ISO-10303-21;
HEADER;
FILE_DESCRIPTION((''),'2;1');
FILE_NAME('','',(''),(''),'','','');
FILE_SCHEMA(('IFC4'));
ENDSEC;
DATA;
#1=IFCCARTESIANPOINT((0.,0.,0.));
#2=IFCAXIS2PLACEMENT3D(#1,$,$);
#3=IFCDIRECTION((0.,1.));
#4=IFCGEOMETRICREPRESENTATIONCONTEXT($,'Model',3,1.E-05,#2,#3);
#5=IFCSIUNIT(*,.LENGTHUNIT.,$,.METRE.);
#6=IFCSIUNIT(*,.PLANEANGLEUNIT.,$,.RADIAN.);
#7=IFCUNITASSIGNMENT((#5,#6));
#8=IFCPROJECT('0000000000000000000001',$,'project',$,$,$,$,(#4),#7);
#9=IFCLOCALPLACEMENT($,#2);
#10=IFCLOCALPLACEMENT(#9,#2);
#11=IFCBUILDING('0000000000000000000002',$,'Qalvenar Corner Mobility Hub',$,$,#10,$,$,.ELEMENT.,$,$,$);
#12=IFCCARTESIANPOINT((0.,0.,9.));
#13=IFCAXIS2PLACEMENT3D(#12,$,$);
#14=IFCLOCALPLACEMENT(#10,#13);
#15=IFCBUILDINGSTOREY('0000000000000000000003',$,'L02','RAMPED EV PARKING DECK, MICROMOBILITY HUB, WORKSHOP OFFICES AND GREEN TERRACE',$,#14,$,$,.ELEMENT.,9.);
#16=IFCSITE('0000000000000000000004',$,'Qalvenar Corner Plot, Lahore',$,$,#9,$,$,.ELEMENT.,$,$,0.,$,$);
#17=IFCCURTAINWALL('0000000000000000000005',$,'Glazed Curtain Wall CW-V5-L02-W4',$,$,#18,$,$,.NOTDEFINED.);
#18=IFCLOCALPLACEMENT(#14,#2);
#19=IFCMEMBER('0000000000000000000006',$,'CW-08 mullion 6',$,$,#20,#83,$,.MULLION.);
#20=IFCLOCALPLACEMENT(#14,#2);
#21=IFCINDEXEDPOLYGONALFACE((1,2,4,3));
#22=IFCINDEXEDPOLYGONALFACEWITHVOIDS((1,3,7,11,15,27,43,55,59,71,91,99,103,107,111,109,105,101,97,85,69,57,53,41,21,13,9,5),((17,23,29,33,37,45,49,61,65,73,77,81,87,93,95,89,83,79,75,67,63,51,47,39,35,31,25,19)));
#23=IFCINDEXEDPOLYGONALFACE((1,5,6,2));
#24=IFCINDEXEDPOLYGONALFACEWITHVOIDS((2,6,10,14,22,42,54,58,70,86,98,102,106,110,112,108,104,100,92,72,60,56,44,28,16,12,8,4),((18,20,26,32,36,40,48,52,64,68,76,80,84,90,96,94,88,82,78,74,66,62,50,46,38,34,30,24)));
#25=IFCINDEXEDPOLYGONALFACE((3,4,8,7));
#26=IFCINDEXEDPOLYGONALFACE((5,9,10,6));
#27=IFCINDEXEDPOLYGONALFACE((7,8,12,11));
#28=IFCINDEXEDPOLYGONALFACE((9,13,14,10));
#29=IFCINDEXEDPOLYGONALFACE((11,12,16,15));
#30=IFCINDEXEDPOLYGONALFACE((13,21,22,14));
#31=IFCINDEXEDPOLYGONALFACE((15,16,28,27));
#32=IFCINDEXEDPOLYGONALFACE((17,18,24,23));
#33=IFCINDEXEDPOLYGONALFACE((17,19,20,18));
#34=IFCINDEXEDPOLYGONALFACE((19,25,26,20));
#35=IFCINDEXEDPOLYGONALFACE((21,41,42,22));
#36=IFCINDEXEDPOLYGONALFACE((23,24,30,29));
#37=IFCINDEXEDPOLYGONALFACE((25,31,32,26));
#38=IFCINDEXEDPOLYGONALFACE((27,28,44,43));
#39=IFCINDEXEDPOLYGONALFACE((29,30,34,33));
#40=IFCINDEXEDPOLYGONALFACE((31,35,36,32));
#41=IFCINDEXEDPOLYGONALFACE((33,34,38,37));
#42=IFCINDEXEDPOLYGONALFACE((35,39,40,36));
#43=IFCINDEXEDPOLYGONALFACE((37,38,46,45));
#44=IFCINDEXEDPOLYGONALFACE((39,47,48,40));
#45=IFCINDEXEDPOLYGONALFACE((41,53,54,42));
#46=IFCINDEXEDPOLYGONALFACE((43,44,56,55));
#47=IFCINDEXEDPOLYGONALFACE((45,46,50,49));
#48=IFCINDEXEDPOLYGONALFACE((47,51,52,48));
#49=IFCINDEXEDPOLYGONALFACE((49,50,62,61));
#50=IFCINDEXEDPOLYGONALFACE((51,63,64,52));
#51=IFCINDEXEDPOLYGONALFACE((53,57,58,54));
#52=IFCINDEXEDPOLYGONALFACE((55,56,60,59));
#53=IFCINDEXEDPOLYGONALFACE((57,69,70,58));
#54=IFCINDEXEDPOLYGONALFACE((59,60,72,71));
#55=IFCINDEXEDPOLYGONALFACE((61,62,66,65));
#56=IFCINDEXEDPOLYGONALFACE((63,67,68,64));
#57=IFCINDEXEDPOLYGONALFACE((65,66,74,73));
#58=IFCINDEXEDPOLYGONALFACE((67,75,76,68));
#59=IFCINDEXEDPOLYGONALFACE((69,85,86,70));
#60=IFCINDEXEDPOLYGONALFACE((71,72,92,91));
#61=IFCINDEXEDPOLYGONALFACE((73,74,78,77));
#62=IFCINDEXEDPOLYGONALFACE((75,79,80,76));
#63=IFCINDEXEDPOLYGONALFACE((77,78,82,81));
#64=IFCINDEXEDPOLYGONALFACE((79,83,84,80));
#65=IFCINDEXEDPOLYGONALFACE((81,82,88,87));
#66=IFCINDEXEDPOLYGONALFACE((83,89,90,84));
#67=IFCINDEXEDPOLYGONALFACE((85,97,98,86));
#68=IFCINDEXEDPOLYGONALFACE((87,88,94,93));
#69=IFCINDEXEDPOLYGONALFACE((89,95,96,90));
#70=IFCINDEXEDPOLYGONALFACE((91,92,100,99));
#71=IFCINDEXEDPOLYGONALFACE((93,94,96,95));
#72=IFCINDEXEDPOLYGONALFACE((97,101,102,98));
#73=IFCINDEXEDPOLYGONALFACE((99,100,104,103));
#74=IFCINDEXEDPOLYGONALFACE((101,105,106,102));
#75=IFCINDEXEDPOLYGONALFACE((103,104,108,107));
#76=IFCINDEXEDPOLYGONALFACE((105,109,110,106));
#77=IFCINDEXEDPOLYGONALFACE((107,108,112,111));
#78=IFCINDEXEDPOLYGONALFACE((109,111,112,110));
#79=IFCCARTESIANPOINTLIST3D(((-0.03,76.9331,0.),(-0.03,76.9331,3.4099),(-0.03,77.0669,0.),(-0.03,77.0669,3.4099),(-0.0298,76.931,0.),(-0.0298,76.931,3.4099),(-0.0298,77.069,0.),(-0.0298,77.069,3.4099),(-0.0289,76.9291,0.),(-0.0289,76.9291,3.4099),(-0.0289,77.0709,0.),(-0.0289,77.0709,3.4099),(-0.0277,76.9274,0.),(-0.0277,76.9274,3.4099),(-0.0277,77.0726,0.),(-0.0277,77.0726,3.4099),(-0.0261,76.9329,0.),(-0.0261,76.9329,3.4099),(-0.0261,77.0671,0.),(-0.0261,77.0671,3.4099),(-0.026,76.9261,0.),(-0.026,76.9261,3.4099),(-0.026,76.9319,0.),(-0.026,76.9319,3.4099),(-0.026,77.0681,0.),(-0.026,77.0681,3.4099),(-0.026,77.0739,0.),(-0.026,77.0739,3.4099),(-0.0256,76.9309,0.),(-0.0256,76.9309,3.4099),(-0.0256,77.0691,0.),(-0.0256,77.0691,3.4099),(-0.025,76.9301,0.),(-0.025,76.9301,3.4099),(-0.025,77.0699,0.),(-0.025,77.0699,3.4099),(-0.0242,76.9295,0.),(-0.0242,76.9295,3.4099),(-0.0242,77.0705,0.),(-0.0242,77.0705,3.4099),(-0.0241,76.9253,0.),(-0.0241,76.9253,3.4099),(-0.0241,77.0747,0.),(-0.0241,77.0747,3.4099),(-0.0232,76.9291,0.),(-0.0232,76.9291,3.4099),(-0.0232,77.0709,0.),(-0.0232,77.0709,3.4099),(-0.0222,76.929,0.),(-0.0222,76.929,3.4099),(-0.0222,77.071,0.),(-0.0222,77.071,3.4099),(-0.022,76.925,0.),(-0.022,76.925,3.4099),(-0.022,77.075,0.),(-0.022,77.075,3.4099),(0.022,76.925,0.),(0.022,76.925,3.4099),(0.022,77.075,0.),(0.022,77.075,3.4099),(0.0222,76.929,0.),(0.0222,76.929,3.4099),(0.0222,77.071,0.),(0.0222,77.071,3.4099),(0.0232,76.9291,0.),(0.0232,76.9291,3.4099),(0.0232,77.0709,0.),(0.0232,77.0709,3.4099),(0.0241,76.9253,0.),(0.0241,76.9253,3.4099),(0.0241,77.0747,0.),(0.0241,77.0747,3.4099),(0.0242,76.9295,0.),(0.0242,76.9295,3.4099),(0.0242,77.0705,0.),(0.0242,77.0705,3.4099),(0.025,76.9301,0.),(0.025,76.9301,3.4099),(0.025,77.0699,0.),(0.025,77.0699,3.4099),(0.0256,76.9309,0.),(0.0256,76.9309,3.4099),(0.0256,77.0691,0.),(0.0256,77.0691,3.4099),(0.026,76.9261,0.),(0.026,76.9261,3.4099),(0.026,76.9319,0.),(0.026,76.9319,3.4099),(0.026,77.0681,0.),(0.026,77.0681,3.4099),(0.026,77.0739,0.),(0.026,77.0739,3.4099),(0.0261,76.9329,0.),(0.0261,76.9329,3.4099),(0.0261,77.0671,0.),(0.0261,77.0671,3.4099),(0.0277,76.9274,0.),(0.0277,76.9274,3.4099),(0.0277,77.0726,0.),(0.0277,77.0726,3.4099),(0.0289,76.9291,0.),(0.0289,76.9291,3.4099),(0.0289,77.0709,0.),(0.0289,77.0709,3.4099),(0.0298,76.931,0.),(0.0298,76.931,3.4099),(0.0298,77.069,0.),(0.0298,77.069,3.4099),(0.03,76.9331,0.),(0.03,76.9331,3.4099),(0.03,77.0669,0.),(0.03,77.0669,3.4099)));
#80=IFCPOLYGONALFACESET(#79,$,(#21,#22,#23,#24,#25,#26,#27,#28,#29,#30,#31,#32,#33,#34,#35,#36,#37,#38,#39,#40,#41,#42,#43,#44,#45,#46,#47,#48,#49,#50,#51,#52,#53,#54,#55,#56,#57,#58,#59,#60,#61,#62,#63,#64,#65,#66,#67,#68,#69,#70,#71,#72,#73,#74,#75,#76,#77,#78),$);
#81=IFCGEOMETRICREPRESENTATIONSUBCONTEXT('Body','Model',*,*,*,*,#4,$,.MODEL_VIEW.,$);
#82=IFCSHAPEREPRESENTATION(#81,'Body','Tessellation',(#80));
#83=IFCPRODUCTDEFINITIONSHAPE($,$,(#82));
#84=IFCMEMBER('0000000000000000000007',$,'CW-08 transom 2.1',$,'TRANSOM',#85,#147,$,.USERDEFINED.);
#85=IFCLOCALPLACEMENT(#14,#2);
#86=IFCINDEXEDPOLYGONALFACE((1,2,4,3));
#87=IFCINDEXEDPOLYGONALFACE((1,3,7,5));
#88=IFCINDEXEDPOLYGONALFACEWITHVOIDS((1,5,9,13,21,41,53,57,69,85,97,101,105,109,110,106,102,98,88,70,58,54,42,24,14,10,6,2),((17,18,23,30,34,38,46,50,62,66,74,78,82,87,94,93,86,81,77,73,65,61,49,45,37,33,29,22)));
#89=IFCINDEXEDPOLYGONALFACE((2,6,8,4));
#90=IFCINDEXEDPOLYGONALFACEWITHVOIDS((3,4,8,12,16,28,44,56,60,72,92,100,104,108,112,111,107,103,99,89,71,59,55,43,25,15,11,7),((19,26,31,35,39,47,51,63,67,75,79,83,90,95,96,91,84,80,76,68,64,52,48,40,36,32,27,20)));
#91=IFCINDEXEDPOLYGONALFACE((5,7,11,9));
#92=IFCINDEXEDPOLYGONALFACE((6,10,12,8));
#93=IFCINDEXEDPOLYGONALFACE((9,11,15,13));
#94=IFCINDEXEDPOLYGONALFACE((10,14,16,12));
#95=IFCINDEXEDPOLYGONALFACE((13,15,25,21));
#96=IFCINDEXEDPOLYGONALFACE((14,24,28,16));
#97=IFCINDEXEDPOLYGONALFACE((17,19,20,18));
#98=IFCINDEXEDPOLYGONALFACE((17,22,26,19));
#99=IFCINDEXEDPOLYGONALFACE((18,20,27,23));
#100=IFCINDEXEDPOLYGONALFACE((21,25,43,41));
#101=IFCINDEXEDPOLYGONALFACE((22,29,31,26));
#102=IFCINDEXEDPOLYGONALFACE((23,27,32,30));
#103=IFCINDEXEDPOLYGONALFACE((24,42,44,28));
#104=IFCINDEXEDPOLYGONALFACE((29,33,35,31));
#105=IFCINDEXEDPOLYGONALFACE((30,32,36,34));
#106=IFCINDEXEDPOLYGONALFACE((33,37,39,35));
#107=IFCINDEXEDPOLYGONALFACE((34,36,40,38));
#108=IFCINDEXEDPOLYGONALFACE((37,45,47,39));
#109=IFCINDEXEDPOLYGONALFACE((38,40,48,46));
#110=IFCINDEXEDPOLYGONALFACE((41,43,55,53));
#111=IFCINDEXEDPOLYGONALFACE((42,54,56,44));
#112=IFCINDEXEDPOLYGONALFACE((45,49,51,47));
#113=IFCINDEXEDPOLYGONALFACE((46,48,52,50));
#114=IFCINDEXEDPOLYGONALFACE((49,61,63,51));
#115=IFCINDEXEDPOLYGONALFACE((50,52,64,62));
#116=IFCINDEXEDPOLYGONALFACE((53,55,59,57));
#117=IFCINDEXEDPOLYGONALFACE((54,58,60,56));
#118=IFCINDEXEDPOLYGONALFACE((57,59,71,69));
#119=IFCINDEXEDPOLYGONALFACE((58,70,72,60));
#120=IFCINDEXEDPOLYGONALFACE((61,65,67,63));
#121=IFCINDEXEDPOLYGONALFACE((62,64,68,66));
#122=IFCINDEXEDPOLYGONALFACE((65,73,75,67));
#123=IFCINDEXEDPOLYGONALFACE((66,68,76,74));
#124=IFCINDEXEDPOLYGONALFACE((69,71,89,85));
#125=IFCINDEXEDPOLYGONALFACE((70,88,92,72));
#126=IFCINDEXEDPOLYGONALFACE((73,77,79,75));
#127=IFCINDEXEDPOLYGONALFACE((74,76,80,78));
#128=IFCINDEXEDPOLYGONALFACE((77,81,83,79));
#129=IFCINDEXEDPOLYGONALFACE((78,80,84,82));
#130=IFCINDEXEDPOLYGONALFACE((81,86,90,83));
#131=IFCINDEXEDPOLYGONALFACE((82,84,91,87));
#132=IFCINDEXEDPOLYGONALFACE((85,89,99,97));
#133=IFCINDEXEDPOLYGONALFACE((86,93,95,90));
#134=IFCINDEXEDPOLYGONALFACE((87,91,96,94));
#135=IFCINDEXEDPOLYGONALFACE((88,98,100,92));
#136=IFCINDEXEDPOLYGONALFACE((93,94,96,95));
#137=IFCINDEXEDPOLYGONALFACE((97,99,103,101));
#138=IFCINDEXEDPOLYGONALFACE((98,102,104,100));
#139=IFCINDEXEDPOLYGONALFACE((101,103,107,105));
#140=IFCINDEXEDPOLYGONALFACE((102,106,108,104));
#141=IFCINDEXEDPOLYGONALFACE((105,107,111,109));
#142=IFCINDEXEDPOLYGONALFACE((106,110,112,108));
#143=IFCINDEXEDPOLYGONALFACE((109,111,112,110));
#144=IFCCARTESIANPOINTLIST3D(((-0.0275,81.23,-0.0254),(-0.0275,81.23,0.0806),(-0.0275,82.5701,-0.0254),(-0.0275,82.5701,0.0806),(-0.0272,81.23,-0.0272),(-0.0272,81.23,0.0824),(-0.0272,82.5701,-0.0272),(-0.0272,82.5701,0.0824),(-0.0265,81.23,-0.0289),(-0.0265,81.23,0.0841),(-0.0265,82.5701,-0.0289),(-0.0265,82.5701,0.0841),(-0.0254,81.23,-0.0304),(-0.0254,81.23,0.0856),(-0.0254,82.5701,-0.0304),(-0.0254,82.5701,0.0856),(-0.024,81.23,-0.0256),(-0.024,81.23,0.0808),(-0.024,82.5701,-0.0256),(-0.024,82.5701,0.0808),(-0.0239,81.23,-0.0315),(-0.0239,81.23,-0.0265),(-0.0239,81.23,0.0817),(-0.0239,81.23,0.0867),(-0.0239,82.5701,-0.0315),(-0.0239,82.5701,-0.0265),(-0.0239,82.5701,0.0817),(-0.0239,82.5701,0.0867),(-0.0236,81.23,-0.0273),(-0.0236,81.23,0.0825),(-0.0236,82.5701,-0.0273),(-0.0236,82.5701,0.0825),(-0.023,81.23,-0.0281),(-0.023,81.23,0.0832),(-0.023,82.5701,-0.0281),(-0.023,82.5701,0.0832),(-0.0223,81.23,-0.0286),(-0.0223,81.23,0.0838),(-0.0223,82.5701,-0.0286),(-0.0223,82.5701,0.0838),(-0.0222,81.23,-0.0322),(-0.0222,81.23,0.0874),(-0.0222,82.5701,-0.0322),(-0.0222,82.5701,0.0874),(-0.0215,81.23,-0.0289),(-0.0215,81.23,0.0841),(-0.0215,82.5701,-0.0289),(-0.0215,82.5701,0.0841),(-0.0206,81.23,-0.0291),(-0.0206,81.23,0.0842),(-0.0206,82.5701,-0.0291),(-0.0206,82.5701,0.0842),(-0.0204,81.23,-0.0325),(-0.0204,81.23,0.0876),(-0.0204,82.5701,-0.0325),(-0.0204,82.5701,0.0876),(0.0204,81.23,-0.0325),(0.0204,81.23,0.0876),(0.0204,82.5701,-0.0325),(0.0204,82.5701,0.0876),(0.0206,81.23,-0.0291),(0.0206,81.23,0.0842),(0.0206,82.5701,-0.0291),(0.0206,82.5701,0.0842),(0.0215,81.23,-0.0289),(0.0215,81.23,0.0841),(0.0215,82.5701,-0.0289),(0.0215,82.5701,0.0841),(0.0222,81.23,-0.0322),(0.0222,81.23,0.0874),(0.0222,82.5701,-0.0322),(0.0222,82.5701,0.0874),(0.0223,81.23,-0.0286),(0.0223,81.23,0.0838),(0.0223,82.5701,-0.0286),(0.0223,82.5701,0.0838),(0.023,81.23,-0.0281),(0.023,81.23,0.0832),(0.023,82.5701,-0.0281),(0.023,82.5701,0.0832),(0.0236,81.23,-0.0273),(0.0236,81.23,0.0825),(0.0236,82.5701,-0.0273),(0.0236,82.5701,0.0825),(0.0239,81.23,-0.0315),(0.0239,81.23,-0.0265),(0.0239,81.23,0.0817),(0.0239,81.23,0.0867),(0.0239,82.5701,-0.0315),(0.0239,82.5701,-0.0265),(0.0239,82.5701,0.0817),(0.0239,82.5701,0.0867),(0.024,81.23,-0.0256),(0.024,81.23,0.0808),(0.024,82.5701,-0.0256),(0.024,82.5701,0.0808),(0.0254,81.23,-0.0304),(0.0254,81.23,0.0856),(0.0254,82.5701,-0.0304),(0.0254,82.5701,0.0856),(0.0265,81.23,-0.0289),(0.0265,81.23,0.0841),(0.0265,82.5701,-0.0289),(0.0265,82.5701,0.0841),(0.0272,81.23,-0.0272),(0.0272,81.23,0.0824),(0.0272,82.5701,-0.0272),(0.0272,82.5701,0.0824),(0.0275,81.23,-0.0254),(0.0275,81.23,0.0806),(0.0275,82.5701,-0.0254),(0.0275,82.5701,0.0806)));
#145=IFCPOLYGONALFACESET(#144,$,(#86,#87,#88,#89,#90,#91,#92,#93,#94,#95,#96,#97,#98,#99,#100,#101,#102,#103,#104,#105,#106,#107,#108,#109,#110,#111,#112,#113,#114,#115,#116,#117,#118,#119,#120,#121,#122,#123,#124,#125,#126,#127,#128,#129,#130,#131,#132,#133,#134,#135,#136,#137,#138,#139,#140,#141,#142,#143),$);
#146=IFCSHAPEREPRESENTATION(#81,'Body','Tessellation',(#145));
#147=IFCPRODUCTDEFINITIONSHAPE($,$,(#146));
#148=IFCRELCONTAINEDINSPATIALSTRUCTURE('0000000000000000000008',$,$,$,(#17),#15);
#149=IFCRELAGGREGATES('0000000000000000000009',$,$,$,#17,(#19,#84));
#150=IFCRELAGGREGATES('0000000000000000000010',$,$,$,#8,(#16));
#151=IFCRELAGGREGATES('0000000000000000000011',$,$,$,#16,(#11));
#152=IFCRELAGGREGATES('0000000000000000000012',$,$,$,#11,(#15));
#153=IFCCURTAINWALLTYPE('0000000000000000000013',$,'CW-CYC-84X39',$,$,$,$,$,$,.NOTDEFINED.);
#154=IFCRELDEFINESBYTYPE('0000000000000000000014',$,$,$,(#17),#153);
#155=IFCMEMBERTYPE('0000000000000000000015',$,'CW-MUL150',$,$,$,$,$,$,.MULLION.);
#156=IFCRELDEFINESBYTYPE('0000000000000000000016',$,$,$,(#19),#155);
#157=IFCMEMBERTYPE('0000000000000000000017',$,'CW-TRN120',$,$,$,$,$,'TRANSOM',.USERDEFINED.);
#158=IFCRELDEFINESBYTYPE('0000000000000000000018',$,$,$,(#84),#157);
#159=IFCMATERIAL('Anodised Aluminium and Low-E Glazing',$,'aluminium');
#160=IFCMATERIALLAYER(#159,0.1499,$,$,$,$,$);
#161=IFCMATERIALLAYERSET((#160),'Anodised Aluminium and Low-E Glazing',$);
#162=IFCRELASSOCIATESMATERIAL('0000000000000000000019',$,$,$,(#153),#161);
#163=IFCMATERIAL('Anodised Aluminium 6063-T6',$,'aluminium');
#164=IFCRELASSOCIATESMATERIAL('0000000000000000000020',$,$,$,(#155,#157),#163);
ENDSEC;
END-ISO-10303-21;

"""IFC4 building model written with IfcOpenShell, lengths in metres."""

from ifc_helpers import new_model, si_unit, direction, frame, origin, origin_2d, place, context, subcontext, project, spatial, hollow_rectangle, extrude, material, layer, layer_set, material_profile, profile_set, type_object, element, aggregate, save


model = new_model("IFC4")

# Units and contexts
model_context = context("Model", 3, precision=1e-05, world=origin(), true_north=direction((0.0, 1.0)))
body_context = subcontext(model_context, "Body", "Model", "MODEL_VIEW")
ifc_project = project(units=[si_unit("LENGTHUNIT", "METRE"), si_unit("PLANEANGLEUNIT", "RADIAN")], contexts=[model_context])

# Site, building, storey
site_placement = place(None, origin())
site = spatial("IfcSite", under=ifc_project, at=site_placement, Name="Qalvenar Corner Plot, Lahore", CompositionType="ELEMENT", RefElevation=0.0)
building_placement = place(site_placement, origin())
building = spatial("IfcBuilding", under=site, at=building_placement, Name="Qalvenar Corner Mobility Hub", CompositionType="ELEMENT")
storey_placement = place(building_placement, frame((0.0, 0.0, 9.0)))
storey = spatial("IfcBuildingStorey", under=building, at=storey_placement, Name="L02", Description="RAMPED EV PARKING DECK, MICROMOBILITY HUB, WORKSHOP OFFICES AND GREEN TERRACE", CompositionType="ELEMENT", Elevation=9.0)

# Curtain wall, members
ifc_material_1 = material(Name="Anodised Aluminium and Low-E Glazing", Category="aluminium")
ifc_layer_1 = layer(ifc_material_1, 0.1499)
ifc_layer_set_1 = layer_set([ifc_layer_1], Name="Anodised Aluminium and Low-E Glazing")
curtain_wall_type = type_object("IfcCurtainWallType", Name="CW-CYC-84X39", PredefinedType="NOTDEFINED", material=ifc_layer_set_1)
curtain_wall_placement = place(storey_placement, origin())
curtain_wall = element("IfcCurtainWall", 1, at=curtain_wall_placement, inside=storey, type_object=curtain_wall_type, Name="Glazed Curtain Wall CW-V5-L02-W4", PredefinedType="NOTDEFINED")
ifc_material_2 = material(Name="Anodised Aluminium 6063-T6", Category="aluminium")
ifc_material_profile_1 = material_profile(ifc_material_2, hollow_rectangle(XDim=0.0601, YDim=0.1499, WallThickness=0.0039, InnerFilletRadius=0.0039, OuterFilletRadius=0.0081, at=origin_2d()), Name="RHS150x60x4")
ifc_profile_set_1 = profile_set([ifc_material_profile_1], Name="Anodised Aluminium 6063-T6")
member_type_1 = type_object("IfcMemberType", Name="CW-MUL150", PredefinedType="MULLION", material=ifc_profile_set_1)
member_1_placement = place(storey_placement, frame((0.0, 77.0, 0.0), z_axis=(0.0, 0.0, 1.0), x_axis=(1.0, 0.0, 0.0)))
member_1 = element("IfcMember", 2, at=member_1_placement, type_object=member_type_1, Name="CW-08 mullion 6", PredefinedType="MULLION", context=body_context, shape_type="SweptSolid", body=[
    extrude(hollow_rectangle(XDim=0.0601, YDim=0.1499, WallThickness=0.0039, InnerFilletRadius=0.0039, OuterFilletRadius=0.0081, at=origin_2d()), origin(), (0.0, 0.0, 1.0), 3.4099),
])
ifc_material_profile_2 = material_profile(ifc_material_2, hollow_rectangle(XDim=0.0549, YDim=0.1201, WallThickness=0.0034, InnerFilletRadius=0.0034, OuterFilletRadius=0.0071, at=origin_2d()), Name="RHS120x55x3.5")
ifc_profile_set_2 = profile_set([ifc_material_profile_2], Name="Anodised Aluminium 6063-T6")
member_type_2 = type_object("IfcMemberType", Name="CW-TRN120", ElementType="TRANSOM", PredefinedType="USERDEFINED", material=ifc_profile_set_2)
member_2_placement = place(storey_placement, frame((0.0, 82.5701, 0.0276), z_axis=(0.0, -1.0, 0.0), x_axis=(1.0, 0.0, 0.0)))
member_2 = element("IfcMember", 3, at=member_2_placement, type_object=member_type_2, Name="CW-08 transom 2.1", ObjectType="TRANSOM", PredefinedType="USERDEFINED", context=body_context, shape_type="SweptSolid", body=[
    extrude(hollow_rectangle(XDim=0.0549, YDim=0.1201, WallThickness=0.0034, InnerFilletRadius=0.0034, OuterFilletRadius=0.0071, at=origin_2d()), origin(), (0.0, 0.0, 1.0), 1.3401),
])
aggregate(curtain_wall, [member_1, member_2])

save(model, "model.ifc")
